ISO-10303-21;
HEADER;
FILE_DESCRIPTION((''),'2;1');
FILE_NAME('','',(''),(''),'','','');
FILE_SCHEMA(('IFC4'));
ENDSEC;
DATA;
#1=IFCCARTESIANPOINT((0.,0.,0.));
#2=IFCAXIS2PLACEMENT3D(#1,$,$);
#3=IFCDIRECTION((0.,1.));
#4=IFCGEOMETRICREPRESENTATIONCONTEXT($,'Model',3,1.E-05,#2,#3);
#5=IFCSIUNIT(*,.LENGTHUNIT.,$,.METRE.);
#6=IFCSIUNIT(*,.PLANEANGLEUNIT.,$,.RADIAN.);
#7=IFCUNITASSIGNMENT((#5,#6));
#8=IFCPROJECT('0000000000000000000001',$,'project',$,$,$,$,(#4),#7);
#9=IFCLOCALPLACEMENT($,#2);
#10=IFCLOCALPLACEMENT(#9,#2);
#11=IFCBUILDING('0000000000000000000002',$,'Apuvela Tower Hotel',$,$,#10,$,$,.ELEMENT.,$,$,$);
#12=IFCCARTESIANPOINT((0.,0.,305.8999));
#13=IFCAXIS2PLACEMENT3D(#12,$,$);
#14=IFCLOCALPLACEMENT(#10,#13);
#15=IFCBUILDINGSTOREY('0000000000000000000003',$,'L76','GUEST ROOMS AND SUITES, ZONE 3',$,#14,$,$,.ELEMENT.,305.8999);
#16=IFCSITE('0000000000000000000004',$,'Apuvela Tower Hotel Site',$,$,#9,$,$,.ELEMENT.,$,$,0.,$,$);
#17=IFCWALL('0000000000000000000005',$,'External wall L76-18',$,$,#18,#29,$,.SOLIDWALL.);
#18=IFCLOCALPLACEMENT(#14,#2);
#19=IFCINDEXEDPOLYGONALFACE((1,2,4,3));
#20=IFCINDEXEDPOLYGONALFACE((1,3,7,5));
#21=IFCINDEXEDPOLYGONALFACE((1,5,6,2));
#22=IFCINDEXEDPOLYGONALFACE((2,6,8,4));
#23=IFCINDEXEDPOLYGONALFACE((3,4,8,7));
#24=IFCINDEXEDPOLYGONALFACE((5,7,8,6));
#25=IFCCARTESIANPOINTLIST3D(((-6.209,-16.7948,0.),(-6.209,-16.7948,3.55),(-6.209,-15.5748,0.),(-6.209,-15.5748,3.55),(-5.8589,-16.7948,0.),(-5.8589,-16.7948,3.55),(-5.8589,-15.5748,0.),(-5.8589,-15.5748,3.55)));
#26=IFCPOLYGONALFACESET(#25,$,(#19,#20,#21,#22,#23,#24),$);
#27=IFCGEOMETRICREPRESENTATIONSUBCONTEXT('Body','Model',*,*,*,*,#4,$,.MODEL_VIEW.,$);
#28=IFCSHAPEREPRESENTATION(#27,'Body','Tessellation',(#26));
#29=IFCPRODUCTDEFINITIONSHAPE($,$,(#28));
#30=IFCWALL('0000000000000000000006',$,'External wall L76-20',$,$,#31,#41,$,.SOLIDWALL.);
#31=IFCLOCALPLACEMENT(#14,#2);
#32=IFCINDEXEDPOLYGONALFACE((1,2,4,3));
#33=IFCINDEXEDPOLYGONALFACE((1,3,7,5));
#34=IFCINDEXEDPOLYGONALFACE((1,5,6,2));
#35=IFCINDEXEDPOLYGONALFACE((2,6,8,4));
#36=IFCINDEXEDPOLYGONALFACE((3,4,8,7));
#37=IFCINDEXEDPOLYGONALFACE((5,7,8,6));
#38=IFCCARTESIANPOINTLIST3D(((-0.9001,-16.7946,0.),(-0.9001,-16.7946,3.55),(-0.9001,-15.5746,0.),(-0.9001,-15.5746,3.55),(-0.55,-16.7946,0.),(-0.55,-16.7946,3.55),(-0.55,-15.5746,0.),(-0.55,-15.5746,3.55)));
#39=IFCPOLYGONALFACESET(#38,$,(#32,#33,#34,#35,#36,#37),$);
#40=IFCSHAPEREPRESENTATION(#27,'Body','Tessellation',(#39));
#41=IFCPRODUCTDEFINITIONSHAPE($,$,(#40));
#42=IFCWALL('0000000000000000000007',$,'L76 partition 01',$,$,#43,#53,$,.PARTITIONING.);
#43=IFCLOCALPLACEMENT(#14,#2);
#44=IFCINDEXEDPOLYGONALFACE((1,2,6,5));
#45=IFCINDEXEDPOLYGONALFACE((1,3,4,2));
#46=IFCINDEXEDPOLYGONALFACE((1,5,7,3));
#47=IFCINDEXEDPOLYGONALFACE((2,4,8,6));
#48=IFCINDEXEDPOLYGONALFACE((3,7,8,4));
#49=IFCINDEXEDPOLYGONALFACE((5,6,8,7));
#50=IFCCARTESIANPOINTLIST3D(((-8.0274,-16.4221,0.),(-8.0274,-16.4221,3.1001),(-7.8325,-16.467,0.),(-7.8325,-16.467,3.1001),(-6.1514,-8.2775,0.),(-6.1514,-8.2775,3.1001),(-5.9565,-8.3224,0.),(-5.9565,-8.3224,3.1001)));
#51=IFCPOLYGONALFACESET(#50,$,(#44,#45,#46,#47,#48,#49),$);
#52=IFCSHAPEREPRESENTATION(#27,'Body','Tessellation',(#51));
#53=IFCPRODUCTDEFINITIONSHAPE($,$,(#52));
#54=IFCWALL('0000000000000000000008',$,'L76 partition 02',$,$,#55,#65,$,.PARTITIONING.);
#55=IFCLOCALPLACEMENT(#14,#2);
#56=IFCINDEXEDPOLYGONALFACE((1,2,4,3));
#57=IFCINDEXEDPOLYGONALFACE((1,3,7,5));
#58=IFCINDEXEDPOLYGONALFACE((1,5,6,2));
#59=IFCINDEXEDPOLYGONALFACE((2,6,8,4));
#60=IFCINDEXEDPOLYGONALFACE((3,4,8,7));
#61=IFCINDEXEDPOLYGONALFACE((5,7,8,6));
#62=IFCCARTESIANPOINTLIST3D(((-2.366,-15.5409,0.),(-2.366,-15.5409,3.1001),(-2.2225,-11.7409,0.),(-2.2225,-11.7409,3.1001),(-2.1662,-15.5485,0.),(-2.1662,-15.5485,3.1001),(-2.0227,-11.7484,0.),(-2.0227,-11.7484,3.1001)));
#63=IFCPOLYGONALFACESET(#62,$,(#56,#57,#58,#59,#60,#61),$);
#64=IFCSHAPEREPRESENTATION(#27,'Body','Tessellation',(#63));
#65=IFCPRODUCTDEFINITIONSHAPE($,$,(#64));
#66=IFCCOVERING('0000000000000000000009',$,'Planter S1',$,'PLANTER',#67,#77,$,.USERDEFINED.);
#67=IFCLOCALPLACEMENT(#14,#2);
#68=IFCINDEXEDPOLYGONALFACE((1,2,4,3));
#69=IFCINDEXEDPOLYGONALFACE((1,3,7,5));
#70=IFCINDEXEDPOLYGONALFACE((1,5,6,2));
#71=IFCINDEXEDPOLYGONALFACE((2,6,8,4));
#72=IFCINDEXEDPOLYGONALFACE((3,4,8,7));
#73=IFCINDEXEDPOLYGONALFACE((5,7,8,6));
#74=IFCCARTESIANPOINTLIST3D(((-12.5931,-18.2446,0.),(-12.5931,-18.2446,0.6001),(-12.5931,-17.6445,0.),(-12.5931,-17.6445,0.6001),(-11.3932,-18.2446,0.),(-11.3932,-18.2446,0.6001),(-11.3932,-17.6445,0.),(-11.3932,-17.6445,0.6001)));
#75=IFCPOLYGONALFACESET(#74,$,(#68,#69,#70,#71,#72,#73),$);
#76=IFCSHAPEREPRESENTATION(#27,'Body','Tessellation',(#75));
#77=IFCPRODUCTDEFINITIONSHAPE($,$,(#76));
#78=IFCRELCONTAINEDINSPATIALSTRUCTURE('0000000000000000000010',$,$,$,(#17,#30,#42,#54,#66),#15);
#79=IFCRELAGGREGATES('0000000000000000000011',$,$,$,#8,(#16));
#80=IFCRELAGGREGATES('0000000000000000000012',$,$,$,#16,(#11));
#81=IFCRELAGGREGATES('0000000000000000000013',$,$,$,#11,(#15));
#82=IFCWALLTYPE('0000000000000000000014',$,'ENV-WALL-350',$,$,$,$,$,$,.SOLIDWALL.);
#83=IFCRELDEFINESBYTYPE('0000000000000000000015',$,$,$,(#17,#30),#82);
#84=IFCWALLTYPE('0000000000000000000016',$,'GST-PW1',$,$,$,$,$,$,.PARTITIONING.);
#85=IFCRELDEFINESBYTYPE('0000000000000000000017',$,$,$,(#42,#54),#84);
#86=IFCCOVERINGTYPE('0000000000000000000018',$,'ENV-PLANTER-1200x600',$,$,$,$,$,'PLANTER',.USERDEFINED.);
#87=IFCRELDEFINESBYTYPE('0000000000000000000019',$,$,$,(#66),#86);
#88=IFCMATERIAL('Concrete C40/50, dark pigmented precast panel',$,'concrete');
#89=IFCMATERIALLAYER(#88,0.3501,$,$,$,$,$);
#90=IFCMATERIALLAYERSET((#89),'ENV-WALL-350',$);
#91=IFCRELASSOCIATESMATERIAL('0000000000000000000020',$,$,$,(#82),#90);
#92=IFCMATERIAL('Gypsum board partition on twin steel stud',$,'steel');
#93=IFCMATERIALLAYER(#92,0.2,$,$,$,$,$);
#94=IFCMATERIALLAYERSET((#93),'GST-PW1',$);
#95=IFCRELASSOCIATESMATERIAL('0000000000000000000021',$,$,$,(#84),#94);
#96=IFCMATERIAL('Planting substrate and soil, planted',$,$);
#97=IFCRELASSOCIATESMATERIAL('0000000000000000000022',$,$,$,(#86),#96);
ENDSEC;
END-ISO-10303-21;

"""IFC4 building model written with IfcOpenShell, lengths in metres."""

from ifc_helpers import new_model, si_unit, direction, frame, frame_2d, origin, origin_2d, place, context, subcontext, project, spatial, rectangle, extrude, material, layer, layer_set, type_object, element, save


model = new_model("IFC4")

# Units and contexts
model_context = context("Model", 3, precision=1e-05, world=origin(), true_north=direction((0.0, 1.0)))
body_context = subcontext(model_context, "Body", "Model", "MODEL_VIEW")
ifc_project = project(units=[si_unit("LENGTHUNIT", "METRE"), si_unit("PLANEANGLEUNIT", "RADIAN")], contexts=[model_context])

# Site, building, storey
site_placement = place(None, origin())
site = spatial("IfcSite", under=ifc_project, at=site_placement, Name="Apuvela Tower Hotel Site", CompositionType="ELEMENT", RefElevation=0.0)
building_placement = place(site_placement, origin())
building = spatial("IfcBuilding", under=site, at=building_placement, Name="Apuvela Tower Hotel", CompositionType="ELEMENT")
storey_placement = place(building_placement, frame((0.0, 0.0, 305.8999)))
storey = spatial("IfcBuildingStorey", under=building, at=storey_placement, Name="L76", Description="GUEST ROOMS AND SUITES, ZONE 3", CompositionType="ELEMENT", Elevation=305.8999)

# Wall
ifc_material_1 = material(Name="Concrete C40/50, dark pigmented precast panel", Category="concrete")
ifc_layer_1 = layer(ifc_material_1, 0.3501)
ifc_layer_set_1 = layer_set([ifc_layer_1], Name="ENV-WALL-350")
wall_type_1 = type_object("IfcWallType", Name="ENV-WALL-350", PredefinedType="SOLIDWALL", material=ifc_layer_set_1)
wall_1_placement = place(storey_placement, frame((-6.0339, -16.7947, 0.0), z_axis=(0.0, 0.0, 1.0), x_axis=(0.0, 1.0, 0.0)))
element("IfcWall", 1, at=wall_1_placement, inside=storey, type_object=wall_type_1, Name="External wall L76-18", PredefinedType="SOLIDWALL", context=body_context, shape_type="SweptSolid", body=[
    extrude(rectangle(XDim=1.22, YDim=0.3501, at=frame_2d((0.6099, 0.0))), origin(), (0.0, 0.0, 1.0), 3.55),
])

# Wall
wall_2_placement = place(storey_placement, frame((-0.7251, -15.5747, 0.0), z_axis=(0.0, 0.0, 1.0), x_axis=(0.0, -1.0, 0.0)))
element("IfcWall", 2, at=wall_2_placement, inside=storey, type_object=wall_type_1, Name="External wall L76-20", PredefinedType="SOLIDWALL", context=body_context, shape_type="SweptSolid", body=[
    extrude(rectangle(XDim=1.22, YDim=0.3501, at=frame_2d((0.6099, 0.0))), origin(), (0.0, 0.0, 1.0), 3.55),
])

# Walls
ifc_material_2 = material(Name="Gypsum board partition on twin steel stud", Category="steel")
ifc_layer_2 = layer(ifc_material_2, 0.2)
ifc_layer_set_2 = layer_set([ifc_layer_2], Name="GST-PW1")
wall_type_2 = type_object("IfcWallType", Name="GST-PW1", PredefinedType="PARTITIONING", material=ifc_layer_set_2)
wall_3_placement = place(storey_placement, frame((-7.9299, -16.4446, 0.0), z_axis=(0.0, 0.0, 1.0), x_axis=(0.224458, 0.974484, 0.0)))
element("IfcWall", 3, at=wall_3_placement, inside=storey, type_object=wall_type_2, Name="L76 partition 01", PredefinedType="PARTITIONING", context=body_context, shape_type="SweptSolid", body=[
    extrude(rectangle(XDim=8.3579, YDim=0.2, at=frame_2d((4.179, 0.0))), origin(), (0.0, 0.0, 1.0), 3.1001),
])
wall_4_placement = place(storey_placement, frame((-2.2661, -15.5447, 0.0), z_axis=(0.0, 0.0, 1.0), x_axis=(0.03775, 0.999287, 0.0)))
element("IfcWall", 4, at=wall_4_placement, inside=storey, type_object=wall_type_2, Name="L76 partition 02", PredefinedType="PARTITIONING", context=body_context, shape_type="SweptSolid", body=[
    extrude(rectangle(XDim=3.8027, YDim=0.2, at=frame_2d((1.9014, 0.0))), origin(), (0.0, 0.0, 1.0), 3.1001),
])

# Covering
ifc_material_3 = material(Name="Planting substrate and soil, planted")
covering_type = type_object("IfcCoveringType", Name="ENV-PLANTER-1200x600", ElementType="PLANTER", PredefinedType="USERDEFINED", material=ifc_material_3)
covering_placement = place(storey_placement, frame((-11.9932, -17.9446, 0.0), z_axis=(0.0, 0.0, 1.0), x_axis=(1.0, 0.0, 0.0)))
element("IfcCovering", 5, at=covering_placement, inside=storey, type_object=covering_type, Name="Planter S1", ObjectType="PLANTER", PredefinedType="USERDEFINED", context=body_context, shape_type="SweptSolid", body=[
    extrude(rectangle(XDim=1.2, YDim=0.6001, at=origin_2d()), origin(), (0.0, 0.0, 1.0), 0.6001),
])

save(model, "model.ifc")
